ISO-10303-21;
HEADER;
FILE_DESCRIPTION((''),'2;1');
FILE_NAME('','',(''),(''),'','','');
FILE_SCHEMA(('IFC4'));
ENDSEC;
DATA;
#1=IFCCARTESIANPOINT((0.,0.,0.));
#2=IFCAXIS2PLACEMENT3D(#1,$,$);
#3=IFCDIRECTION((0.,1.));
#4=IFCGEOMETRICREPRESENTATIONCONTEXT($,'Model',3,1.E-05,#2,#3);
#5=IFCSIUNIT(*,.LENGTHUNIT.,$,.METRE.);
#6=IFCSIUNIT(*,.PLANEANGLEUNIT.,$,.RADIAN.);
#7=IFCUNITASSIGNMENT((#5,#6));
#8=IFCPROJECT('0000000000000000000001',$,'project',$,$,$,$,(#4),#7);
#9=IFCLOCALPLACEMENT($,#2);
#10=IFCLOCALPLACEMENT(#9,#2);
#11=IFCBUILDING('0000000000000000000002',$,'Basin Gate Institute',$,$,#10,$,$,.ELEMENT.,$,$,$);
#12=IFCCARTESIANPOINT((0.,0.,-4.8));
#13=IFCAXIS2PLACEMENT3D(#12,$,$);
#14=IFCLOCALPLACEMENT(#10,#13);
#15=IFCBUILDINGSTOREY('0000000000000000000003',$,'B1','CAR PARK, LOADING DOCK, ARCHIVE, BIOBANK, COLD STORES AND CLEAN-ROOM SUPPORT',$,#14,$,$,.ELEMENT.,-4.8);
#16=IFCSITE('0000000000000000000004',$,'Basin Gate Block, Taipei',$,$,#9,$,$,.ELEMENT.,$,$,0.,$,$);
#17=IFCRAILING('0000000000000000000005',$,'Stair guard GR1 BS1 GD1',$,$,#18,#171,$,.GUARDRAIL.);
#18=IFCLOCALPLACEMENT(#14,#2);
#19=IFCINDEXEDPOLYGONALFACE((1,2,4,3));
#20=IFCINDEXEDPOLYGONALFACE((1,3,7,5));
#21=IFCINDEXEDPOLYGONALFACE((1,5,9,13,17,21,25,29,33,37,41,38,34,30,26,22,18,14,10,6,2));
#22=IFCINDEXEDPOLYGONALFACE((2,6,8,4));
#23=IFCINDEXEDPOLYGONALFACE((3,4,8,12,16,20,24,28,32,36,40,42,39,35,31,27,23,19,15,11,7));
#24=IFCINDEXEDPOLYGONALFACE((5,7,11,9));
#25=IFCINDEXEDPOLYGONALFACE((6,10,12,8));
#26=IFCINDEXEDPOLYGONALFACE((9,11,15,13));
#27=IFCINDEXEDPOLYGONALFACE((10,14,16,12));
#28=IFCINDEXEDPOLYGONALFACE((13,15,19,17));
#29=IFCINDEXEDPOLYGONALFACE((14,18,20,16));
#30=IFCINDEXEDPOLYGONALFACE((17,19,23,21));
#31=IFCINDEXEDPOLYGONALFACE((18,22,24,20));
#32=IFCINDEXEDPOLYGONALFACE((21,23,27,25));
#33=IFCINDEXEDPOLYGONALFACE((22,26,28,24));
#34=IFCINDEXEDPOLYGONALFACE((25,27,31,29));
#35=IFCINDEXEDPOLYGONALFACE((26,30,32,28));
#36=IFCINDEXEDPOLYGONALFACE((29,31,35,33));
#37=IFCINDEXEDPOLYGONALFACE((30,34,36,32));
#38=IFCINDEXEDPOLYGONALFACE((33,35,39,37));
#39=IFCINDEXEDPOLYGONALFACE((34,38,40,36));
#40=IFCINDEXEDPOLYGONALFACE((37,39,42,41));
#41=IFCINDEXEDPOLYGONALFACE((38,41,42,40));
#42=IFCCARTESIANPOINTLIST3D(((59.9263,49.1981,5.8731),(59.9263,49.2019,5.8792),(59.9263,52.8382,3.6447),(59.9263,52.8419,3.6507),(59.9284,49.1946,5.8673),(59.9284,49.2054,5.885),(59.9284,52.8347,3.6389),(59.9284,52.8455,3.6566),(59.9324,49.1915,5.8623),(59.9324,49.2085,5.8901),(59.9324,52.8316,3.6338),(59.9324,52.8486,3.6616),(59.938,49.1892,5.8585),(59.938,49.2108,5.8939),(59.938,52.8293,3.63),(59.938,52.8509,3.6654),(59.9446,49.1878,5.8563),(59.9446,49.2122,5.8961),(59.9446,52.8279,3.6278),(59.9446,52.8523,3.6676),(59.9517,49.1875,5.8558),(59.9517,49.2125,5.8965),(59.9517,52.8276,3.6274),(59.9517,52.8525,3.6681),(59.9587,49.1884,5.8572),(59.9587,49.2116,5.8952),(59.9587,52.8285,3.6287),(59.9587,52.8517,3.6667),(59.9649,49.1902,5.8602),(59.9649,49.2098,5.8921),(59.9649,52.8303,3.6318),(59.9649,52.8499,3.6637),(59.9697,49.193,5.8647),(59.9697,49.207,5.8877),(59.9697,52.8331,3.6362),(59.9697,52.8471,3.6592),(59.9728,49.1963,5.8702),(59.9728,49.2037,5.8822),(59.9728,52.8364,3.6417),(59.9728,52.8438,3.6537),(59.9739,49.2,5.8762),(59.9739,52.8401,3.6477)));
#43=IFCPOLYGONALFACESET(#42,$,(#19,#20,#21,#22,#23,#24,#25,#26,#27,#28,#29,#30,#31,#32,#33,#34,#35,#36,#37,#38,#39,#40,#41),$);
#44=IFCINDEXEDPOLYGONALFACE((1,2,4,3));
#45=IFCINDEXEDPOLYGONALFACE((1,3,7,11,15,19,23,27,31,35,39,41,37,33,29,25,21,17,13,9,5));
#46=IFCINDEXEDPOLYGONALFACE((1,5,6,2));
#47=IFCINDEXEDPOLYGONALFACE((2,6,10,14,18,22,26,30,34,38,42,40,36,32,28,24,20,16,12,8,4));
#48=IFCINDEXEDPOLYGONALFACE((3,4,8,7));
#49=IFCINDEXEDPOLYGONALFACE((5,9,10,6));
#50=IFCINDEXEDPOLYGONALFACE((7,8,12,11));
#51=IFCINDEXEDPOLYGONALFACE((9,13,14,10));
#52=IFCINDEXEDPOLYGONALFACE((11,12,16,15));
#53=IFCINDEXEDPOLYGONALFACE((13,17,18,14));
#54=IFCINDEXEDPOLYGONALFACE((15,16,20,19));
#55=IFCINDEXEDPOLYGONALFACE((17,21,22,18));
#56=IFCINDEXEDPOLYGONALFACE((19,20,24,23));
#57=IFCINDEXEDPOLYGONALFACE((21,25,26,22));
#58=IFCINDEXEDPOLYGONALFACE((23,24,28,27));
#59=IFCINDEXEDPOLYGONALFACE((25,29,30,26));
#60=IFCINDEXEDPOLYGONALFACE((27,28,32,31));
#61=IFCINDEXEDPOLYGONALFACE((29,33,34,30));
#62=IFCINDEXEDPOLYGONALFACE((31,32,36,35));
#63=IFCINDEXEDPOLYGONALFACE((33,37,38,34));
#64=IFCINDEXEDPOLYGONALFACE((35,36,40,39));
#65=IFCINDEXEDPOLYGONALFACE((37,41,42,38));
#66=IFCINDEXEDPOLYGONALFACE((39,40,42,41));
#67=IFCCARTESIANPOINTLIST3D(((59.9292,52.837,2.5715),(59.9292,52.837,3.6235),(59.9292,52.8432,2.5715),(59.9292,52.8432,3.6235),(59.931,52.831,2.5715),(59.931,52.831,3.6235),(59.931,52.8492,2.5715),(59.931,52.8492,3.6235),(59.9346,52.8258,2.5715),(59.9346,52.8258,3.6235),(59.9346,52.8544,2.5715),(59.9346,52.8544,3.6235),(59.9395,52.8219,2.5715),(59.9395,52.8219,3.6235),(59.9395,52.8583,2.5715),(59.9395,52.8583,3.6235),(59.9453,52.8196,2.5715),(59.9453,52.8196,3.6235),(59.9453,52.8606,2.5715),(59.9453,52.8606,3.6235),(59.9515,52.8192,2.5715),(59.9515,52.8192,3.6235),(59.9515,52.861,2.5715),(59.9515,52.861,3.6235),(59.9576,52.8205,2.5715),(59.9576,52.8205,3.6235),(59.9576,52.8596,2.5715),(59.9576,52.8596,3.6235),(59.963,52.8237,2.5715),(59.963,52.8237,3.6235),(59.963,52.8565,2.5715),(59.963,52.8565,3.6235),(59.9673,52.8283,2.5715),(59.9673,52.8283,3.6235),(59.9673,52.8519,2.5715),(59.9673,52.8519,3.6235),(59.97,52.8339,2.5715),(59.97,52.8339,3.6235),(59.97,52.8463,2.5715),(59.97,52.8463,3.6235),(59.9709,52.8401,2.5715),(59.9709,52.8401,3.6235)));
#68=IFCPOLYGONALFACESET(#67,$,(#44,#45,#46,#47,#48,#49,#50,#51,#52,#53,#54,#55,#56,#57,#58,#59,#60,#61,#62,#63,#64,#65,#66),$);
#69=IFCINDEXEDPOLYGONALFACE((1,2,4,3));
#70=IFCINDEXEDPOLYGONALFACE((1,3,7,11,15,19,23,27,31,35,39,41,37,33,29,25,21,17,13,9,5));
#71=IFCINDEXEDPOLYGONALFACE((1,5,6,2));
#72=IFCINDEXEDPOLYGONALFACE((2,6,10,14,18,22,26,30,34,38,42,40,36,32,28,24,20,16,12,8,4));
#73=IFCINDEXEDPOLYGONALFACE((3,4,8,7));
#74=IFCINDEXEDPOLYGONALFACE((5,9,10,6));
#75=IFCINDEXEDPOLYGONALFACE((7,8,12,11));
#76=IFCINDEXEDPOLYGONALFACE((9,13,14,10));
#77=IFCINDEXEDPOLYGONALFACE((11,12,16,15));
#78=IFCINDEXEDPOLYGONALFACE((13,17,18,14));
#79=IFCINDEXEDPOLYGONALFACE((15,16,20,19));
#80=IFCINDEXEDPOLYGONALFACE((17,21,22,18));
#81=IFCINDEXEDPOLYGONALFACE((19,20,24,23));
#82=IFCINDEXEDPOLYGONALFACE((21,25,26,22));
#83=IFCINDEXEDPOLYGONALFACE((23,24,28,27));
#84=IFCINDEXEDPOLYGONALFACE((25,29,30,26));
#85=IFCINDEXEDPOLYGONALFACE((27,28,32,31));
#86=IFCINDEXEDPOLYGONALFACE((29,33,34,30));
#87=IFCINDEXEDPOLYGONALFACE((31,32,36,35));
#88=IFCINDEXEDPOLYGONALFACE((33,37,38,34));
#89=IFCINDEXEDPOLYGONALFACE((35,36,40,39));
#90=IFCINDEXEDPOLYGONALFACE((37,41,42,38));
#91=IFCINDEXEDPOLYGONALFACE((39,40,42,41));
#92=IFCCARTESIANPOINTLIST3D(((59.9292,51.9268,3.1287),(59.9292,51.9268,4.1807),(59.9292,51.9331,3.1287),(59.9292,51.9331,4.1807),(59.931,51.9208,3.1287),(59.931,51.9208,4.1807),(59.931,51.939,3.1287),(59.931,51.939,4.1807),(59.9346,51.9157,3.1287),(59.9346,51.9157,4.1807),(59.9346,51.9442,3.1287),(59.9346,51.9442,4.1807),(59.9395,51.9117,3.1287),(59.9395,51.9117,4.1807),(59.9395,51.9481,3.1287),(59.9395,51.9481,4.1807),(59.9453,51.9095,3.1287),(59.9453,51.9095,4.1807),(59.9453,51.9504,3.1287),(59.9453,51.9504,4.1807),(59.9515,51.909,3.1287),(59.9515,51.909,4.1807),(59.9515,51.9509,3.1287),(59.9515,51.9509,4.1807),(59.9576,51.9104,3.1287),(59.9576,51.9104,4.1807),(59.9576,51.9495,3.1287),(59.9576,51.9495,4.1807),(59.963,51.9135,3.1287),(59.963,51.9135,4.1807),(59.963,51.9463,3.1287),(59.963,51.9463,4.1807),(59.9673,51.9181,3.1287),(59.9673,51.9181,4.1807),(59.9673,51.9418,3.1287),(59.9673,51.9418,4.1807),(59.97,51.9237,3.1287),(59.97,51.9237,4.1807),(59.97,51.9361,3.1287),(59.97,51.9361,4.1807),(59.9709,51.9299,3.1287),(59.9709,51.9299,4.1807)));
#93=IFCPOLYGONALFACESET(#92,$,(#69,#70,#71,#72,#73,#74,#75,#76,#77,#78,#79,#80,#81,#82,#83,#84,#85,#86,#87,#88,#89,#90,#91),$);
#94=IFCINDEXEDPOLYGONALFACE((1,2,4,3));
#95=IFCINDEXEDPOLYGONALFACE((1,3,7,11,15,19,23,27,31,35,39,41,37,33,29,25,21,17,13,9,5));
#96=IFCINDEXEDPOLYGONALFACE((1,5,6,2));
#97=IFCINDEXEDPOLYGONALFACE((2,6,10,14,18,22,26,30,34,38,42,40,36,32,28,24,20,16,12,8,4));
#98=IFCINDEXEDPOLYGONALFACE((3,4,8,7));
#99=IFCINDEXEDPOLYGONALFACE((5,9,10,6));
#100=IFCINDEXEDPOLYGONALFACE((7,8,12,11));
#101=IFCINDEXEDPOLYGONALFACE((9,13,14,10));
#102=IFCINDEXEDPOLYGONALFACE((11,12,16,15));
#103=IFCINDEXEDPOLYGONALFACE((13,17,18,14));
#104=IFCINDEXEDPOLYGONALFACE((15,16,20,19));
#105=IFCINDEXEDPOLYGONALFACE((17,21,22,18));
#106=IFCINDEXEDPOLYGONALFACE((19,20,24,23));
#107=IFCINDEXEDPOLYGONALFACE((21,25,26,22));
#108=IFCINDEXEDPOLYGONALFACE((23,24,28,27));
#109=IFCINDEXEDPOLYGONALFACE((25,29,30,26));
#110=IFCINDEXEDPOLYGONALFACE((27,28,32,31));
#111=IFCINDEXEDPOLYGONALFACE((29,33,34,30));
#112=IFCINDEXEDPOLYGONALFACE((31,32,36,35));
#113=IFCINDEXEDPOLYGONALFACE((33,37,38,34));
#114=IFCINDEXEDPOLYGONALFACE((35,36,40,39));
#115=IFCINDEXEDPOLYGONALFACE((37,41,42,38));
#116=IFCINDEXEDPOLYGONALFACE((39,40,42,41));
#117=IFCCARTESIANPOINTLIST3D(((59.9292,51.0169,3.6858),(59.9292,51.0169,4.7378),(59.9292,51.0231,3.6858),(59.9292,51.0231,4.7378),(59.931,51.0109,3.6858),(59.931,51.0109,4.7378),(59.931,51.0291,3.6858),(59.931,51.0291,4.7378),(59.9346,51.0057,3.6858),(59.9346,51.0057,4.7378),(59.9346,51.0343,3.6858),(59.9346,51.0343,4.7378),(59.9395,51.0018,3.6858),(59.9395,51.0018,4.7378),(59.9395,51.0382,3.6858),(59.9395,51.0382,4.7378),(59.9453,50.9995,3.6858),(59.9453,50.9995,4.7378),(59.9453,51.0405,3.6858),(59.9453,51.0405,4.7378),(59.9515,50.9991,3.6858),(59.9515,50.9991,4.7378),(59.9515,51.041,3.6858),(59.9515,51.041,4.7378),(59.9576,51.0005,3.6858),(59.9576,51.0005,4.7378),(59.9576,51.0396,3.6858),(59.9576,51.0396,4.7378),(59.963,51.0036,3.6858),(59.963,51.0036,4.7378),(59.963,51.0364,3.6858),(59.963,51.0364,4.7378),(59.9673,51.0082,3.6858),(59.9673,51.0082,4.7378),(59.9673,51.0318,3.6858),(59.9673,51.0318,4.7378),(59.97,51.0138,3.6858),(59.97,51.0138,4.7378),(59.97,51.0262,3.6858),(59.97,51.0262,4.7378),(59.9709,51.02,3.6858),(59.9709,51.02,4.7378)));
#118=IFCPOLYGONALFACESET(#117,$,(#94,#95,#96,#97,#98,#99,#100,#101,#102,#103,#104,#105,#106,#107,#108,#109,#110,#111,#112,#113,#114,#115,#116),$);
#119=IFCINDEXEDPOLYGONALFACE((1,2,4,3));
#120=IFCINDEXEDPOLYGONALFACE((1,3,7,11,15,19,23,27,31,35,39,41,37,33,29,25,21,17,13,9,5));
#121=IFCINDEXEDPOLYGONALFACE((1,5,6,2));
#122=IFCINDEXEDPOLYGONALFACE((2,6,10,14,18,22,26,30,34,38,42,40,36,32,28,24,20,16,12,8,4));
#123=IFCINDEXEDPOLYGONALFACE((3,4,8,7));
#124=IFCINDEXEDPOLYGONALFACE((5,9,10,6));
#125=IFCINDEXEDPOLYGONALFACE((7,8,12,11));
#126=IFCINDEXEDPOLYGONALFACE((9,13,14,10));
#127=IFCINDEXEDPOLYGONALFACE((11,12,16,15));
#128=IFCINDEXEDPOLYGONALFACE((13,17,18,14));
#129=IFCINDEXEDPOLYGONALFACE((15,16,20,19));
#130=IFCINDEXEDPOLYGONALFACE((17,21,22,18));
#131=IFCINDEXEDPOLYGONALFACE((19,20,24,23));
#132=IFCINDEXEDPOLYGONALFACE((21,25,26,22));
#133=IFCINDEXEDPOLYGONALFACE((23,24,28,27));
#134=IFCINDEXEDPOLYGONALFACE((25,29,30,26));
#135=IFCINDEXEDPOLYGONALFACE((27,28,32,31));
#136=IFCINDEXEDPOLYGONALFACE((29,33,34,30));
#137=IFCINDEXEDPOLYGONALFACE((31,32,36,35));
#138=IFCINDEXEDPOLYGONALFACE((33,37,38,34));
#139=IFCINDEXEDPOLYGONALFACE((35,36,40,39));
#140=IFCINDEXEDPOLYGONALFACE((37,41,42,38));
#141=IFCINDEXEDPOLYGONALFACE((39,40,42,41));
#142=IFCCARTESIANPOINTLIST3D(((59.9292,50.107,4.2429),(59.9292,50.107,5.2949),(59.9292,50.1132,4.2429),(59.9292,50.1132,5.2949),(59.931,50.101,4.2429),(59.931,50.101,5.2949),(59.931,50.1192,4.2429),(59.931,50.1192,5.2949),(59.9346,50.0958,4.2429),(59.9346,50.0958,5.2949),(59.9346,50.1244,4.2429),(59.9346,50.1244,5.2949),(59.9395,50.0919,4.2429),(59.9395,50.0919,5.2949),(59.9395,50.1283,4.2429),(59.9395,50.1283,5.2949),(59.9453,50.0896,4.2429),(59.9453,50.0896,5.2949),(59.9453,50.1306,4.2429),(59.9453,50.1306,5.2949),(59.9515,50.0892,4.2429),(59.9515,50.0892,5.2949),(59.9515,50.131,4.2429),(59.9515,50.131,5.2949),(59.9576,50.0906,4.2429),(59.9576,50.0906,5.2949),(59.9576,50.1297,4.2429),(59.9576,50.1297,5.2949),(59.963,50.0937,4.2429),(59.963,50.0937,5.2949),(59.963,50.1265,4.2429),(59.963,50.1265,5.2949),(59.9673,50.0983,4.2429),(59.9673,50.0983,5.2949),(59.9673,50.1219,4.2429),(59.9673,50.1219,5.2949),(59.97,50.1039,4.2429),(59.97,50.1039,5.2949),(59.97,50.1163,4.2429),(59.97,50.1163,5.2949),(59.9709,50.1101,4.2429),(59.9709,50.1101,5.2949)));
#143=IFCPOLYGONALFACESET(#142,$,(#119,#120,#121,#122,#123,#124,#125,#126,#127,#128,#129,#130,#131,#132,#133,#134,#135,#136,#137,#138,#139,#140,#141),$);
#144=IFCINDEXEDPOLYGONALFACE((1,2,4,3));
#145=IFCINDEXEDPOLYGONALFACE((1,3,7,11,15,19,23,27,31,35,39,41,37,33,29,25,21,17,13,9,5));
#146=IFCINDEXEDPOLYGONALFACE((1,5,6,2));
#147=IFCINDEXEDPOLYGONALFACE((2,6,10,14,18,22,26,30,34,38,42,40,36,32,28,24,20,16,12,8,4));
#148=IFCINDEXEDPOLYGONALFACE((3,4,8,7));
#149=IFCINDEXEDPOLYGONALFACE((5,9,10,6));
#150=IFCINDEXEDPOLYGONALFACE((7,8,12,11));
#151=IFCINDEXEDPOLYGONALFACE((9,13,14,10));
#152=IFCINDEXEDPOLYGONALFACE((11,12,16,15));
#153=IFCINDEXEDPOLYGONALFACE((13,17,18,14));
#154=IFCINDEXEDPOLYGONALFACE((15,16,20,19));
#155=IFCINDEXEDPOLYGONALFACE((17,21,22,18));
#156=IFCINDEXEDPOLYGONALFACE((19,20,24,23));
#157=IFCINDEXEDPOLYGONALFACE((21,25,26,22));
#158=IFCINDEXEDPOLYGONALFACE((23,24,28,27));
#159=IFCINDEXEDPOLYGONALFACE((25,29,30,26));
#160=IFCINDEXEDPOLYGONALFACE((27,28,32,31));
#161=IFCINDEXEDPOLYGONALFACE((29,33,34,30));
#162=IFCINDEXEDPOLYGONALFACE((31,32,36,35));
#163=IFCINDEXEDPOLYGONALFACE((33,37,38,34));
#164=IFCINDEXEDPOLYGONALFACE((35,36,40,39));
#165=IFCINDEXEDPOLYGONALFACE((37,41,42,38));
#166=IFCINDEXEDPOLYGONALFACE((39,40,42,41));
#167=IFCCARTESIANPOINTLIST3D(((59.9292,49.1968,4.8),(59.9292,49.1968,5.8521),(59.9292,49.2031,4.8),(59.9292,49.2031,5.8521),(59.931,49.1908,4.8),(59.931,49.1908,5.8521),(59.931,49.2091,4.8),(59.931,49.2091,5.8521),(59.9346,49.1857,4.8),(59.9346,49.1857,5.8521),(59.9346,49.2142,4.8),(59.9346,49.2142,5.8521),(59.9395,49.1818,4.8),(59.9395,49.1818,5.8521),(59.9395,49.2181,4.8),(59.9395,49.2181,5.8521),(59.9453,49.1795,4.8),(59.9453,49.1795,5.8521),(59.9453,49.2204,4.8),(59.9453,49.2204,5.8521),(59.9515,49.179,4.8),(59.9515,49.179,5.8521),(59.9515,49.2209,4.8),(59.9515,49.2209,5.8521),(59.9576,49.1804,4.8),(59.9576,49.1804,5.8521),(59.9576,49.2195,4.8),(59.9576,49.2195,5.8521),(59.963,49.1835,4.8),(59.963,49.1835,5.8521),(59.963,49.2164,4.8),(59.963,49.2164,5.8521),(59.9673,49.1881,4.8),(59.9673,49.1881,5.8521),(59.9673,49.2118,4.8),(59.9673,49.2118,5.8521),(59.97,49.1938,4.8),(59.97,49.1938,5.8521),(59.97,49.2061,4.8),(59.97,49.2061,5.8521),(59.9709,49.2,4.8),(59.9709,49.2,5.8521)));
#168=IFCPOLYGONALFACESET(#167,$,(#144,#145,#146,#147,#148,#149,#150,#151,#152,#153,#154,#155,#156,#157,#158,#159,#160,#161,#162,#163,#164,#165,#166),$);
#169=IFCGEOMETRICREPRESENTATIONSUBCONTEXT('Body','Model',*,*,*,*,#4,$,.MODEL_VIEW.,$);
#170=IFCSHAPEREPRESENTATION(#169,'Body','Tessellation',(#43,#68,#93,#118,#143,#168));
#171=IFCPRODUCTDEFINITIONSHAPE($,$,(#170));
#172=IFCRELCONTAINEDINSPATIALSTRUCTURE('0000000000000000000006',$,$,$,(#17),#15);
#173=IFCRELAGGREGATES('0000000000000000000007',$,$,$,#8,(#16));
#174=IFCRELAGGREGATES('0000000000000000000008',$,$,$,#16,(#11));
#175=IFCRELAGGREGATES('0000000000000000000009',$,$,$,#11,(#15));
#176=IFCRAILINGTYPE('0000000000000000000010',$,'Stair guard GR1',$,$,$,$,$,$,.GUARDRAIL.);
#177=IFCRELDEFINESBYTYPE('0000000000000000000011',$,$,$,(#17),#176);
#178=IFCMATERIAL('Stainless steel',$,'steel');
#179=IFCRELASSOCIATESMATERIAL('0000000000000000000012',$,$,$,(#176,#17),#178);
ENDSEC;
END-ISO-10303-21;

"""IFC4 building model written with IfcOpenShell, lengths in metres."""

from ifc_helpers import new_model, si_unit, direction, frame, origin, origin_2d, place, context, subcontext, project, spatial, circle, extrude, material, type_object, element, save


model = new_model("IFC4")

# Units and contexts
model_context = context("Model", 3, precision=1e-05, world=origin(), true_north=direction((0.0, 1.0)))
body_context = subcontext(model_context, "Body", "Model", "MODEL_VIEW")
ifc_project = project(units=[si_unit("LENGTHUNIT", "METRE"), si_unit("PLANEANGLEUNIT", "RADIAN")], contexts=[model_context])

# Site, building, storey
site_placement = place(None, origin())
site = spatial("IfcSite", under=ifc_project, at=site_placement, Name="Basin Gate Block, Taipei", CompositionType="ELEMENT", RefElevation=0.0)
building_placement = place(site_placement, origin())
building = spatial("IfcBuilding", under=site, at=building_placement, Name="Basin Gate Institute", CompositionType="ELEMENT")
storey_placement = place(building_placement, frame((0.0, 0.0, -4.8)))
storey = spatial("IfcBuildingStorey", under=building, at=storey_placement, Name="B1", Description="CAR PARK, LOADING DOCK, ARCHIVE, BIOBANK, COLD STORES AND CLEAN-ROOM SUPPORT", CompositionType="ELEMENT", Elevation=-4.8)

# Railing
ifc_material_1 = material(Name="Stainless steel", Category="steel")
railing_type_1 = type_object("IfcRailingType", Name="Stair guard GR1", PredefinedType="GUARDRAIL", material=ifc_material_1)
railing_1_placement = place(storey_placement, frame((59.95, 52.8401, 2.5715)))
element("IfcRailing", 1, at=railing_1_placement, inside=storey, type_object=railing_type_1, material=ifc_material_1, Name="Stair guard GR1 BS1 GD1", PredefinedType="GUARDRAIL", context=body_context, shape_type="SweptSolid", body=[
    extrude(circle(Radius=0.0239, at=origin_2d()), frame((0.0, 0.0, 1.0762), z_axis=(0.0, -0.852866, 0.52213), x_axis=(1.0, 0.0, 0.0)), (0.0, 0.0, 1.0), 4.2681),
    extrude(circle(Radius=0.021, at=origin_2d()), origin(), (0.0, 0.0, 1.0), 1.052),
    extrude(circle(Radius=0.021, at=origin_2d()), frame((0.0, -0.9102, 0.5571)), (0.0, 0.0, 1.0), 1.052),
    extrude(circle(Radius=0.021, at=origin_2d()), frame((0.0, -1.8201, 1.1143)), (0.0, 0.0, 1.0), 1.052),
    extrude(circle(Radius=0.021, at=origin_2d()), frame((0.0, -2.73, 1.6714)), (0.0, 0.0, 1.0), 1.052),
    extrude(circle(Radius=0.021, at=origin_2d()), frame((0.0, -3.6401, 2.2285)), (0.0, 0.0, 1.0), 1.052),
])

save(model, "model.ifc")
